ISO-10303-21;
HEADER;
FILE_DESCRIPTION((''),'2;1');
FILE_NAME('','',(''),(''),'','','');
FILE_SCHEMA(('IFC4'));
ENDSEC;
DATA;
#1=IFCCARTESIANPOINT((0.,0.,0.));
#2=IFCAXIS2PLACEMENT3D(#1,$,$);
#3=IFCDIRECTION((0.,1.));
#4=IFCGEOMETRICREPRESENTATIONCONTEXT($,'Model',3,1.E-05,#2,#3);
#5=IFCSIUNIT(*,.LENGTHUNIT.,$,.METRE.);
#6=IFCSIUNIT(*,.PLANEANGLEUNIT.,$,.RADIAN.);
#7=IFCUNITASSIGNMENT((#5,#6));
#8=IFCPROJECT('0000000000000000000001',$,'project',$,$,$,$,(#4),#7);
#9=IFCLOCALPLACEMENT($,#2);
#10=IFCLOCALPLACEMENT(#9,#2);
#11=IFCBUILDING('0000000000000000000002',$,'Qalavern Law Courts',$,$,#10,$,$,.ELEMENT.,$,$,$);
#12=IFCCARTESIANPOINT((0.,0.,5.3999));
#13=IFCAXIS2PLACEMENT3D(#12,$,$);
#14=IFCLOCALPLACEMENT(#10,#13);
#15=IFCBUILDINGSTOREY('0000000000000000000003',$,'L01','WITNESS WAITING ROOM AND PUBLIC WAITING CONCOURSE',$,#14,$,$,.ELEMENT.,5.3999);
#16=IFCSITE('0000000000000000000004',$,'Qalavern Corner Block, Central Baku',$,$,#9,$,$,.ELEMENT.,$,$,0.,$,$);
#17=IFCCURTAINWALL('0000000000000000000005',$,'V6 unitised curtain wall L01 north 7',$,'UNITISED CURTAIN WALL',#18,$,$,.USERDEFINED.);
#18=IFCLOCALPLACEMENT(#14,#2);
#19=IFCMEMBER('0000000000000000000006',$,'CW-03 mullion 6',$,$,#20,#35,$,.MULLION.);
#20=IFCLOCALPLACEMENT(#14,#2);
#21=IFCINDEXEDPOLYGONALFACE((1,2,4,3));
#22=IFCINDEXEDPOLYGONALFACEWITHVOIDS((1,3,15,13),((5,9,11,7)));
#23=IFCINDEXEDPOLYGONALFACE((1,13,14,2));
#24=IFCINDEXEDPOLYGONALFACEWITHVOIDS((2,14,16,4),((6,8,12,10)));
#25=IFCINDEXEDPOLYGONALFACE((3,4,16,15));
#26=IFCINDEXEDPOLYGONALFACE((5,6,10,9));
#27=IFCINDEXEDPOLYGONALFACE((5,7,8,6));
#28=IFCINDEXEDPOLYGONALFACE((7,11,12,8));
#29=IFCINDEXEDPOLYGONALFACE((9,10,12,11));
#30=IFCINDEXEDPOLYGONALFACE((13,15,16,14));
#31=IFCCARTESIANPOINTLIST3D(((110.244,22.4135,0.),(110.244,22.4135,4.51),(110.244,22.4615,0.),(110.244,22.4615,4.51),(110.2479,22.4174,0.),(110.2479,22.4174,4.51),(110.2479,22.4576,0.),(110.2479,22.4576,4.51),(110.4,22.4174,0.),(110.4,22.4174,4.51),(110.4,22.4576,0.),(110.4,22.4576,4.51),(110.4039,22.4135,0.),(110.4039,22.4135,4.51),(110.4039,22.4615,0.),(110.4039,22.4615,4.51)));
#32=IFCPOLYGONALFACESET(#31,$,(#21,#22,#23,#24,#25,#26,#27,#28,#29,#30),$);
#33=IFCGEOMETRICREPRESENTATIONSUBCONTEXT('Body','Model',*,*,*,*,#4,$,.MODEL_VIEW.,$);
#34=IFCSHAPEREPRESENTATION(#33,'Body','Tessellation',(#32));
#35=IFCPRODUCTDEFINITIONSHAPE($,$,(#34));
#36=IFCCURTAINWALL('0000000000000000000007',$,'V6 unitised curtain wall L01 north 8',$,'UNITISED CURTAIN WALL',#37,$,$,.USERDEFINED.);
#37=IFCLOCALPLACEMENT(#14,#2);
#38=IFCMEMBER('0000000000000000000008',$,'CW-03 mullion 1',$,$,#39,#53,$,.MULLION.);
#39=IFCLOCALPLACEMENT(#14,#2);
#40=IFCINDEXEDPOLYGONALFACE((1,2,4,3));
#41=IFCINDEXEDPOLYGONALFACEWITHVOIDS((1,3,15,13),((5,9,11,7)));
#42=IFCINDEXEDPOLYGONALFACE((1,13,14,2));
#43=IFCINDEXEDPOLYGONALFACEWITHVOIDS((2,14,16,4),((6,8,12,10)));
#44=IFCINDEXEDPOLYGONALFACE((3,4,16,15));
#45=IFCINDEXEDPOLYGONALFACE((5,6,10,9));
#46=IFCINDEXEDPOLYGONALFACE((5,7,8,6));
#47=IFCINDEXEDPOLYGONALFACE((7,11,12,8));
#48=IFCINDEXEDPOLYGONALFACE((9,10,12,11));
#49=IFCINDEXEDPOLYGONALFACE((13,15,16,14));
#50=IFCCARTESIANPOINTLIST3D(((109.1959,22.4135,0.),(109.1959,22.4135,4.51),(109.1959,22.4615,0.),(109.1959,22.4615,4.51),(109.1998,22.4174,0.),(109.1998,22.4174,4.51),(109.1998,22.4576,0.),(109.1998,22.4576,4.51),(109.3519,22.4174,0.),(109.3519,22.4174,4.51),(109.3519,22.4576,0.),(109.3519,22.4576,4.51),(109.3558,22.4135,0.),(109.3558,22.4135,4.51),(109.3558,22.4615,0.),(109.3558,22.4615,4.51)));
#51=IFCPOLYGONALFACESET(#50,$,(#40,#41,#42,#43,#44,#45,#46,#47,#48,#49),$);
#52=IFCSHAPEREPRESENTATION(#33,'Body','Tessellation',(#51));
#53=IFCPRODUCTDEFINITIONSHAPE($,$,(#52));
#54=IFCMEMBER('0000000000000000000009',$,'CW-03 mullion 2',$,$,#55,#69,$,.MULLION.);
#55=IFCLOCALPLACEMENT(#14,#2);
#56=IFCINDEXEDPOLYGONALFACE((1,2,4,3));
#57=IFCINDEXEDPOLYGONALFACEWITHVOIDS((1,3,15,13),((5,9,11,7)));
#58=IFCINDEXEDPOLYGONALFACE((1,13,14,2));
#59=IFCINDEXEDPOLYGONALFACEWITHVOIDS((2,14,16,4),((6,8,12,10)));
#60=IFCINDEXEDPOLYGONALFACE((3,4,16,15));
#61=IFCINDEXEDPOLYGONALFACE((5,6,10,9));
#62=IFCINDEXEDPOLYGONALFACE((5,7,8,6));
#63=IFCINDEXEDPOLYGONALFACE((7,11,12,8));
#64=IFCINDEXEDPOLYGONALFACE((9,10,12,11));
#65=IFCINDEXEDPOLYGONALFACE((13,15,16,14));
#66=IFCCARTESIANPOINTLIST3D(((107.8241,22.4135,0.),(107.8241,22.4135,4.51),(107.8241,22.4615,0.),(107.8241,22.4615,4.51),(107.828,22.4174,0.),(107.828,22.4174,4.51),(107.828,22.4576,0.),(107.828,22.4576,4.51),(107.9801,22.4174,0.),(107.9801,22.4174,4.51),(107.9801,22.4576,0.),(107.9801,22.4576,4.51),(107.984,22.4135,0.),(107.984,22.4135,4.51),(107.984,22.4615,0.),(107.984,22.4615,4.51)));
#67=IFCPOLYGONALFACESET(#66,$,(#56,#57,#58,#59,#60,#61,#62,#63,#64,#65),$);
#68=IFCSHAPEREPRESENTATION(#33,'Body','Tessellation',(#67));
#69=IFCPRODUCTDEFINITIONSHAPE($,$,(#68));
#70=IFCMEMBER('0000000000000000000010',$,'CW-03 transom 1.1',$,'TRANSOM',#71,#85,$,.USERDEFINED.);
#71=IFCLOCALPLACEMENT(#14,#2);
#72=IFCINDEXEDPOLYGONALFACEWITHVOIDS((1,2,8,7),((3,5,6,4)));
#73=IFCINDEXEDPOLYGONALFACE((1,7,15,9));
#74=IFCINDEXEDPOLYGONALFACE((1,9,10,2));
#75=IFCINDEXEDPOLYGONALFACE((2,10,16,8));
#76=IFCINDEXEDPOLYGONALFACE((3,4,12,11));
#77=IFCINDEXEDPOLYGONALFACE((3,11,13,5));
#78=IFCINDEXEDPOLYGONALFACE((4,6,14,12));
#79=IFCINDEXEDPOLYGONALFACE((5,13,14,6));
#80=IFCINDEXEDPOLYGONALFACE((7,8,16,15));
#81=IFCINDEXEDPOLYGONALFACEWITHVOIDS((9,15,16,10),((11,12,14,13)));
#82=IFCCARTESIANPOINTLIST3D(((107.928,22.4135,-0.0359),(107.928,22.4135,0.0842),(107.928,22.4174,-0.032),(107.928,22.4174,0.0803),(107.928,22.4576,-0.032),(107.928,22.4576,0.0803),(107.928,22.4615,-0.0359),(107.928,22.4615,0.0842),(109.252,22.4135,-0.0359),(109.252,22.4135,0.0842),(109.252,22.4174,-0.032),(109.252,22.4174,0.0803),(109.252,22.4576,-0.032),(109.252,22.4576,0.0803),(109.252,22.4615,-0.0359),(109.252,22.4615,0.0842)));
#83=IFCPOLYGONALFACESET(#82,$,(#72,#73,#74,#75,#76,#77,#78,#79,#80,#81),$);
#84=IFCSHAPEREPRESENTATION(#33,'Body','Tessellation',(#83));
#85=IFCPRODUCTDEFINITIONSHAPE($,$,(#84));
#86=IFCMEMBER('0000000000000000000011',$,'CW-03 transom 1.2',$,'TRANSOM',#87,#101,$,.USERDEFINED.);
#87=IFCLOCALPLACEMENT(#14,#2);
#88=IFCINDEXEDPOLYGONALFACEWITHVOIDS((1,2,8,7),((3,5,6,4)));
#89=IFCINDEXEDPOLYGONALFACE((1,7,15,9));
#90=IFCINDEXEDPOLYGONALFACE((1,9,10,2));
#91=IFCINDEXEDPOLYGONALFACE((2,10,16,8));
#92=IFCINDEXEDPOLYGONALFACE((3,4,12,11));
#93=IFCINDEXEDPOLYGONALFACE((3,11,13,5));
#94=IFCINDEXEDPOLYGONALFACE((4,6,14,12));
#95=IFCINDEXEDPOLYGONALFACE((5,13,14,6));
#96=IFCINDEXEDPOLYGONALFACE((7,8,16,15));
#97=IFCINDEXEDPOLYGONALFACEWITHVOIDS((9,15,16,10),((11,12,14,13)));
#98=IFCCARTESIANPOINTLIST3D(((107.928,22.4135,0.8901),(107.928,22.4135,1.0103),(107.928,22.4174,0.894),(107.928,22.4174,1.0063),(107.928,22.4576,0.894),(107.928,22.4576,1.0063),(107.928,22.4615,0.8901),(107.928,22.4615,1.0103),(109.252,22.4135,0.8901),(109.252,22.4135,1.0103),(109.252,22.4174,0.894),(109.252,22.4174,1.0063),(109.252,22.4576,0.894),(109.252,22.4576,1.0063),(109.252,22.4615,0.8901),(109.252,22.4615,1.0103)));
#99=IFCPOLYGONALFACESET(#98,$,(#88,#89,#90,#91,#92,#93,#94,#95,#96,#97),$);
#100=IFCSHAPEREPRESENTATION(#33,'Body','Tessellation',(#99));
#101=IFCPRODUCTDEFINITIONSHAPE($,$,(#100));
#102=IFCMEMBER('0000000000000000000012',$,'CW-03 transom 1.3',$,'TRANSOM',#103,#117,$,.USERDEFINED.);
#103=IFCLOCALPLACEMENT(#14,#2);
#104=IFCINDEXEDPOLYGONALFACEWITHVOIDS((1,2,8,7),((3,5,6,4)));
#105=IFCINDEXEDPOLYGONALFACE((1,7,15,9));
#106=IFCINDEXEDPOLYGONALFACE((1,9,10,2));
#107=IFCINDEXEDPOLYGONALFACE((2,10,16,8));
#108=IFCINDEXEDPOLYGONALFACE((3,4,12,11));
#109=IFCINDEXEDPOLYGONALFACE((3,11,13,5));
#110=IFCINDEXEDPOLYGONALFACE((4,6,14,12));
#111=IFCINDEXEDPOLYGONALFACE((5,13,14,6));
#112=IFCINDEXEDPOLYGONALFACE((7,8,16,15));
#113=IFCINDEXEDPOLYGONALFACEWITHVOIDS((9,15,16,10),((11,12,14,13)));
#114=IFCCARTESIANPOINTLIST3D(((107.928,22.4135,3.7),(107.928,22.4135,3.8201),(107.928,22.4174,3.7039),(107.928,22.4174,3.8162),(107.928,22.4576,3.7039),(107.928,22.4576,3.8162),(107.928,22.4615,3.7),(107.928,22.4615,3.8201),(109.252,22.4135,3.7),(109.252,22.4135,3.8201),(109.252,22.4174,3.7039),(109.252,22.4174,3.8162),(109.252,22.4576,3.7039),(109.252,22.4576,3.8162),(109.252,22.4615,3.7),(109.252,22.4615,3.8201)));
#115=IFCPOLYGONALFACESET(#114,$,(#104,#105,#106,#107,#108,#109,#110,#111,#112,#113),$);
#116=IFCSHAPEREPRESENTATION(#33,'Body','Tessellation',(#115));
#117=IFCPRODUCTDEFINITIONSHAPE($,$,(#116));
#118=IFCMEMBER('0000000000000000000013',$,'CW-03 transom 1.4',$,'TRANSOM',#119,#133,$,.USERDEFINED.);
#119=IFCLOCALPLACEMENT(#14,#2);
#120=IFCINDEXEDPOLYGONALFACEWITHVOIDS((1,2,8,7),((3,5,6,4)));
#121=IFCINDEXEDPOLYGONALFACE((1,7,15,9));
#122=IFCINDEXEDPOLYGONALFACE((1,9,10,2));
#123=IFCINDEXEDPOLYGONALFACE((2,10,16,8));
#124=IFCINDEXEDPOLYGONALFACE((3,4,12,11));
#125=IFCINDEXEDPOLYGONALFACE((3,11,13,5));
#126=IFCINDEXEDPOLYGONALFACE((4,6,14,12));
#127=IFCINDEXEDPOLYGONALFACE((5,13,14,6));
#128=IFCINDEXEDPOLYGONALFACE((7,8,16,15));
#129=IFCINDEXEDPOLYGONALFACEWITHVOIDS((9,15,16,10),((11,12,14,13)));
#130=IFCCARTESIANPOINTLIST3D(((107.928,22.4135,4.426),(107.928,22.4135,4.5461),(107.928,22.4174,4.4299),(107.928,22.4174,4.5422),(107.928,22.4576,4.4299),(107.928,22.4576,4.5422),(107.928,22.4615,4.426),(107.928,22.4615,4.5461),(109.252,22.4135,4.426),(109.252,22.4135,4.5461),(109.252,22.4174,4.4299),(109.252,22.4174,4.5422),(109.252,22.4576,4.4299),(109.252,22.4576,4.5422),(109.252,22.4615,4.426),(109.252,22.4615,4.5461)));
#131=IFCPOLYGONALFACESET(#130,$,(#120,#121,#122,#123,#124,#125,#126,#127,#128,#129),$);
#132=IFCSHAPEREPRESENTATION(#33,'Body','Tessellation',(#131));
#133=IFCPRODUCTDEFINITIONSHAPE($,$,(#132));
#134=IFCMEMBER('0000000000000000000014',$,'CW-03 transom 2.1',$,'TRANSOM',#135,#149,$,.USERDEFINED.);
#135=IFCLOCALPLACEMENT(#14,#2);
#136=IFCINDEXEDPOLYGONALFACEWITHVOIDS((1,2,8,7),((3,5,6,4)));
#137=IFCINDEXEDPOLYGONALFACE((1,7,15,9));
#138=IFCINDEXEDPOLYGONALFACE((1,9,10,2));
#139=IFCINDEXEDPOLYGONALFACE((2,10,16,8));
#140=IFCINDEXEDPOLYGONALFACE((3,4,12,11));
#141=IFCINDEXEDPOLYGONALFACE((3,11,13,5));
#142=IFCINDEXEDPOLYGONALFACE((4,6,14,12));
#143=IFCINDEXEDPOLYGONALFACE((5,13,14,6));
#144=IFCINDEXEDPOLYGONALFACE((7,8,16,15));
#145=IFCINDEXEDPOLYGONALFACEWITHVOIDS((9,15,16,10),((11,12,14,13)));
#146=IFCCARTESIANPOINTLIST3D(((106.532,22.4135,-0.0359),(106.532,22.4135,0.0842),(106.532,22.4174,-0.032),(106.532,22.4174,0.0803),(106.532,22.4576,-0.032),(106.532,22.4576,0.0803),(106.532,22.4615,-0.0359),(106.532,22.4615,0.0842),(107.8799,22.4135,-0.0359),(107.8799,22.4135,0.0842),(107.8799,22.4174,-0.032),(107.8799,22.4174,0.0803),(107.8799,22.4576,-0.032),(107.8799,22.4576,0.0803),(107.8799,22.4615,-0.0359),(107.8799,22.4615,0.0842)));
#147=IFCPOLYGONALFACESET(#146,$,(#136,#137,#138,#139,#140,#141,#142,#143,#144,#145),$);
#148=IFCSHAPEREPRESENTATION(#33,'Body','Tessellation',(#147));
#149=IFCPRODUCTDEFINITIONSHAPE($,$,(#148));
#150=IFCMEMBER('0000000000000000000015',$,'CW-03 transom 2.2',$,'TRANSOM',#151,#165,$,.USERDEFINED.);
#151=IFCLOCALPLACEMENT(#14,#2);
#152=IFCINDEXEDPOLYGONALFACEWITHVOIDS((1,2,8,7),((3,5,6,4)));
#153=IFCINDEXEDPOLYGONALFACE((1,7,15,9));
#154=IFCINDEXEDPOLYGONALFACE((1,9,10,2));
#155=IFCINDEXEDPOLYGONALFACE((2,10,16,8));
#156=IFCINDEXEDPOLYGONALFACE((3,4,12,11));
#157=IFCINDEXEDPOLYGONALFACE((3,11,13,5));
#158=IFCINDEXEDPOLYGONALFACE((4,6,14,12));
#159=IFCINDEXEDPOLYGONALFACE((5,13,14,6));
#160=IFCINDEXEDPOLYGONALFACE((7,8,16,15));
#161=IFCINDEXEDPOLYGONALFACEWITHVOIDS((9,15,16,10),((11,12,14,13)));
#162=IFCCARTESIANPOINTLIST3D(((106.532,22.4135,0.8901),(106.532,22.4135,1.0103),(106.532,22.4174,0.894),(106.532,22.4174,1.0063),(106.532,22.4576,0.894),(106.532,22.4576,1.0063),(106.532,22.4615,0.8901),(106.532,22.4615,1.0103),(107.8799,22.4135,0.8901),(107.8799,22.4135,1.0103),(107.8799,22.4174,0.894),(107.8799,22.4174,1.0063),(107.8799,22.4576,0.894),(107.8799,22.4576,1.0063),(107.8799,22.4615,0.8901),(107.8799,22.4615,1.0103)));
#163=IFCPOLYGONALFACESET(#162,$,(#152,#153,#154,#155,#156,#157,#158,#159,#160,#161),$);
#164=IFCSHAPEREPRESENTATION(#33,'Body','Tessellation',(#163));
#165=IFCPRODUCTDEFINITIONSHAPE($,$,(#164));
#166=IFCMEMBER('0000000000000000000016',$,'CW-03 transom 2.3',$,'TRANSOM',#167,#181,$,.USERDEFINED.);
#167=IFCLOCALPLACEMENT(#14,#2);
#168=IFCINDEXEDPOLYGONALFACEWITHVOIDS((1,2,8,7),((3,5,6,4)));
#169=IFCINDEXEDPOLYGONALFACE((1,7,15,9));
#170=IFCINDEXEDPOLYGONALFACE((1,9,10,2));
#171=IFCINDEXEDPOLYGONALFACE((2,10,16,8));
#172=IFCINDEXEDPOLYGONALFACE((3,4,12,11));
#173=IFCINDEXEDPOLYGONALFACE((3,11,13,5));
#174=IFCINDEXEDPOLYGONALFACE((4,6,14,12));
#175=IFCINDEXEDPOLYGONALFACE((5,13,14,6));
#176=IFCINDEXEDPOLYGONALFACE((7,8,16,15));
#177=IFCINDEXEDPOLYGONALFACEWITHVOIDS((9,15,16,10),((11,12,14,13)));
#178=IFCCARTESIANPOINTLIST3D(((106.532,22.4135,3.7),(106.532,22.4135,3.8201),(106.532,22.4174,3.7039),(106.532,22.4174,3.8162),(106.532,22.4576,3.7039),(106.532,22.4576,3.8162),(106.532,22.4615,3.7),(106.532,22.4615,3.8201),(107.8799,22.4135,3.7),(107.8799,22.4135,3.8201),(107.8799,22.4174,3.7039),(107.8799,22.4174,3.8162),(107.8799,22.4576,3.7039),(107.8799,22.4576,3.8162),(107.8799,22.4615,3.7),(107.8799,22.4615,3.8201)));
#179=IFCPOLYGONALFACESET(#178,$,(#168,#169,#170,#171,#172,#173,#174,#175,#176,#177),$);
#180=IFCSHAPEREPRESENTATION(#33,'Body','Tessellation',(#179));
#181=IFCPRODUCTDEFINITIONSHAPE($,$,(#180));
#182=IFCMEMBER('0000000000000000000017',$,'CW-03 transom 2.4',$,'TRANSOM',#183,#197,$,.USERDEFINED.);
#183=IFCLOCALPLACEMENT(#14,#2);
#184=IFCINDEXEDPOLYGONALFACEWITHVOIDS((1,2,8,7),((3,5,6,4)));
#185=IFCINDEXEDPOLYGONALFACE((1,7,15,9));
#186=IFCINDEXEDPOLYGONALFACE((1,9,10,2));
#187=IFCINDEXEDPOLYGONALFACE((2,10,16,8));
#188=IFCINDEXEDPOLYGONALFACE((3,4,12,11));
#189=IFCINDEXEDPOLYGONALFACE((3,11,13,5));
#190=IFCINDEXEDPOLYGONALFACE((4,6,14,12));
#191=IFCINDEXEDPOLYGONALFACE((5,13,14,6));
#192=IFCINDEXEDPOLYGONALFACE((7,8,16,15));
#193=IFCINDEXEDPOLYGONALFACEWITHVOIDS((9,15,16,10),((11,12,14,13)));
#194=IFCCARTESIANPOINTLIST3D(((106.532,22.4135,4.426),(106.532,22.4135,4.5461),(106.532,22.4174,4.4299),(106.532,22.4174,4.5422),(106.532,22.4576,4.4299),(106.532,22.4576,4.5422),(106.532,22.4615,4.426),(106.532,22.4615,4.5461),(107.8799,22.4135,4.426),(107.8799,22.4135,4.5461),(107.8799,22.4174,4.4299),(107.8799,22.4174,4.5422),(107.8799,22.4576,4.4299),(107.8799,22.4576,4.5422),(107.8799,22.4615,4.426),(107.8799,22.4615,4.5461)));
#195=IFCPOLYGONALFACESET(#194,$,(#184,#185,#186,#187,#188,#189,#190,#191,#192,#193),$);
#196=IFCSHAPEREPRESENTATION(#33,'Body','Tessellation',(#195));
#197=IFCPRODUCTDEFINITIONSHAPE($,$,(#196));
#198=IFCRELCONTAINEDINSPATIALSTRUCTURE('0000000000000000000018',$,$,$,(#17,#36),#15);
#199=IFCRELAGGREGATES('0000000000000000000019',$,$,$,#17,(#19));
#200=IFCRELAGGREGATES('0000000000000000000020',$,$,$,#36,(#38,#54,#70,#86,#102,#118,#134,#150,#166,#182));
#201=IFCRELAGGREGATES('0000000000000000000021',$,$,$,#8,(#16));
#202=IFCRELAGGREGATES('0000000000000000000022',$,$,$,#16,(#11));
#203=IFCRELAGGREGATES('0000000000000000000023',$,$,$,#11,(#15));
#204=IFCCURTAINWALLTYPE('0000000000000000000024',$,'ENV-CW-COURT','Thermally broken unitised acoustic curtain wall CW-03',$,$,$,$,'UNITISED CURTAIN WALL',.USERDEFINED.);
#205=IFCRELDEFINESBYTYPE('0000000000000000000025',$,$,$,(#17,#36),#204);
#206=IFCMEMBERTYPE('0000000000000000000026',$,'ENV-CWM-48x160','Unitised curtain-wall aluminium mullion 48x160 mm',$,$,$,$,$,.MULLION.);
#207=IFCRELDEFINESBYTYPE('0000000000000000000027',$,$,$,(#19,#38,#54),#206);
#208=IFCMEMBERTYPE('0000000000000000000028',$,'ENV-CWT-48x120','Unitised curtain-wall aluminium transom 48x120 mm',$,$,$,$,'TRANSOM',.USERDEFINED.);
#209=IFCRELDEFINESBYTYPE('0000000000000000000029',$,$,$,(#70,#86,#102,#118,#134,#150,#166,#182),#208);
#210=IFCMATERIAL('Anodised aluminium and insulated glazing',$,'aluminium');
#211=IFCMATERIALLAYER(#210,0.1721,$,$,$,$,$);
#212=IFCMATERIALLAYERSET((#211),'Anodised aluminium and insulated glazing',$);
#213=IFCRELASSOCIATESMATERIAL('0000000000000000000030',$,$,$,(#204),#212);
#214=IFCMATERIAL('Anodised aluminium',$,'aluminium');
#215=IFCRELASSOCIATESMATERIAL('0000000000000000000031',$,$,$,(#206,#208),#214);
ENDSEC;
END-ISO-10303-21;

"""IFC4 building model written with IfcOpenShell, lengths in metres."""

from ifc_helpers import new_model, si_unit, direction, frame, origin, origin_2d, place, context, subcontext, project, spatial, hollow_rectangle, extrude, material, layer, layer_set, material_profile, profile_set, type_object, element, aggregate, save


model = new_model("IFC4")

# Units and contexts
model_context = context("Model", 3, precision=1e-05, world=origin(), true_north=direction((0.0, 1.0)))
body_context = subcontext(model_context, "Body", "Model", "MODEL_VIEW")
ifc_project = project(units=[si_unit("LENGTHUNIT", "METRE"), si_unit("PLANEANGLEUNIT", "RADIAN")], contexts=[model_context])

# Site, building, storey
site_placement = place(None, origin())
site = spatial("IfcSite", under=ifc_project, at=site_placement, Name="Qalavern Corner Block, Central Baku", CompositionType="ELEMENT", RefElevation=0.0)
building_placement = place(site_placement, origin())
building = spatial("IfcBuilding", under=site, at=building_placement, Name="Qalavern Law Courts", CompositionType="ELEMENT")
storey_placement = place(building_placement, frame((0.0, 0.0, 5.3999)))
storey = spatial("IfcBuildingStorey", under=building, at=storey_placement, Name="L01", Description="WITNESS WAITING ROOM AND PUBLIC WAITING CONCOURSE", CompositionType="ELEMENT", Elevation=5.3999)

# Curtain wall, member
ifc_material_1 = material(Name="Anodised aluminium and insulated glazing", Category="aluminium")
ifc_layer_1 = layer(ifc_material_1, 0.1721)
ifc_layer_set_1 = layer_set([ifc_layer_1], Name="Anodised aluminium and insulated glazing")
curtain_wall_type = type_object("IfcCurtainWallType", Name="ENV-CW-COURT", Description="Thermally broken unitised acoustic curtain wall CW-03", ElementType="UNITISED CURTAIN WALL", PredefinedType="USERDEFINED", material=ifc_layer_set_1)
curtain_wall_1_placement = place(storey_placement, origin())
curtain_wall_1 = element("IfcCurtainWall", 1, at=curtain_wall_1_placement, inside=storey, type_object=curtain_wall_type, Name="V6 unitised curtain wall L01 north 7", ObjectType="UNITISED CURTAIN WALL", PredefinedType="USERDEFINED")
ifc_material_2 = material(Name="Anodised aluminium", Category="aluminium")
ifc_material_profile_1 = material_profile(ifc_material_2, hollow_rectangle(XDim=0.0481, YDim=0.1599, WallThickness=0.0039, at=origin_2d()), Name="ALU MULLION 48x160")
ifc_profile_set_1 = profile_set([ifc_material_profile_1], Name="Anodised aluminium")
member_type_1 = type_object("IfcMemberType", Name="ENV-CWM-48x160", Description="Unitised curtain-wall aluminium mullion 48x160 mm", PredefinedType="MULLION", material=ifc_profile_set_1)
member_1_placement = place(storey_placement, frame((110.324, 22.4375, 0.0), z_axis=(0.0, 0.0, 1.0), x_axis=(0.0, -1.0, 0.0)))
member_1 = element("IfcMember", 2, at=member_1_placement, type_object=member_type_1, Name="CW-03 mullion 6", PredefinedType="MULLION", context=body_context, shape_type="SweptSolid", body=[
    extrude(hollow_rectangle(XDim=0.0481, YDim=0.1599, WallThickness=0.0039, at=origin_2d()), origin(), (0.0, 0.0, 1.0), 4.51),
])
aggregate(curtain_wall_1, [member_1])

# Curtain wall, members
curtain_wall_2_placement = place(storey_placement, origin())
curtain_wall_2 = element("IfcCurtainWall", 3, at=curtain_wall_2_placement, inside=storey, type_object=curtain_wall_type, Name="V6 unitised curtain wall L01 north 8", ObjectType="UNITISED CURTAIN WALL", PredefinedType="USERDEFINED")
member_2_placement = place(storey_placement, frame((109.2759, 22.4375, 0.0), z_axis=(0.0, 0.0, 1.0), x_axis=(0.0, -1.0, 0.0)))
member_2 = element("IfcMember", 4, at=member_2_placement, type_object=member_type_1, Name="CW-03 mullion 1", PredefinedType="MULLION", context=body_context, shape_type="SweptSolid", body=[
    extrude(hollow_rectangle(XDim=0.0481, YDim=0.1599, WallThickness=0.0039, at=origin_2d()), origin(), (0.0, 0.0, 1.0), 4.51),
])
member_3_placement = place(storey_placement, frame((107.9041, 22.4375, 0.0), z_axis=(0.0, 0.0, 1.0), x_axis=(0.0, -1.0, 0.0)))
member_3 = element("IfcMember", 5, at=member_3_placement, type_object=member_type_1, Name="CW-03 mullion 2", PredefinedType="MULLION", context=body_context, shape_type="SweptSolid", body=[
    extrude(hollow_rectangle(XDim=0.0481, YDim=0.1599, WallThickness=0.0039, at=origin_2d()), origin(), (0.0, 0.0, 1.0), 4.51),
])
ifc_material_profile_2 = material_profile(ifc_material_2, hollow_rectangle(XDim=0.0481, YDim=0.1201, WallThickness=0.0039, at=origin_2d()), Name="ALU TRANSOM 48x120")
ifc_profile_set_2 = profile_set([ifc_material_profile_2], Name="Anodised aluminium")
member_type_2 = type_object("IfcMemberType", Name="ENV-CWT-48x120", Description="Unitised curtain-wall aluminium transom 48x120 mm", ElementType="TRANSOM", PredefinedType="USERDEFINED", material=ifc_profile_set_2)
member_4_placement = place(storey_placement, frame((109.252, 22.4375, 0.0242), z_axis=(-1.0, 0.0, 0.0), x_axis=(0.0, -1.0, 0.0)))
member_4 = element("IfcMember", 6, at=member_4_placement, type_object=member_type_2, Name="CW-03 transom 1.1", ObjectType="TRANSOM", PredefinedType="USERDEFINED", context=body_context, shape_type="SweptSolid", body=[
    extrude(hollow_rectangle(XDim=0.0481, YDim=0.1201, WallThickness=0.0039, at=origin_2d()), origin(), (0.0, 0.0, 1.0), 1.324),
])
member_5_placement = place(storey_placement, frame((109.252, 22.4375, 0.9502), z_axis=(-1.0, 0.0, 0.0), x_axis=(0.0, -1.0, 0.0)))
member_5 = element("IfcMember", 7, at=member_5_placement, type_object=member_type_2, Name="CW-03 transom 1.2", ObjectType="TRANSOM", PredefinedType="USERDEFINED", context=body_context, shape_type="SweptSolid", body=[
    extrude(hollow_rectangle(XDim=0.0481, YDim=0.1201, WallThickness=0.0039, at=origin_2d()), origin(), (0.0, 0.0, 1.0), 1.324),
])
member_6_placement = place(storey_placement, frame((109.252, 22.4375, 3.76), z_axis=(-1.0, 0.0, 0.0), x_axis=(0.0, -1.0, 0.0)))
member_6 = element("IfcMember", 8, at=member_6_placement, type_object=member_type_2, Name="CW-03 transom 1.3", ObjectType="TRANSOM", PredefinedType="USERDEFINED", context=body_context, shape_type="SweptSolid", body=[
    extrude(hollow_rectangle(XDim=0.0481, YDim=0.1201, WallThickness=0.0039, at=origin_2d()), origin(), (0.0, 0.0, 1.0), 1.324),
])
member_7_placement = place(storey_placement, frame((109.252, 22.4375, 4.4861), z_axis=(-1.0, 0.0, 0.0), x_axis=(0.0, -1.0, 0.0)))
member_7 = element("IfcMember", 9, at=member_7_placement, type_object=member_type_2, Name="CW-03 transom 1.4", ObjectType="TRANSOM", PredefinedType="USERDEFINED", context=body_context, shape_type="SweptSolid", body=[
    extrude(hollow_rectangle(XDim=0.0481, YDim=0.1201, WallThickness=0.0039, at=origin_2d()), origin(), (0.0, 0.0, 1.0), 1.324),
])
member_8_placement = place(storey_placement, frame((107.8799, 22.4375, 0.0242), z_axis=(-1.0, 0.0, 0.0), x_axis=(0.0, -1.0, 0.0)))
member_8 = element("IfcMember", 10, at=member_8_placement, type_object=member_type_2, Name="CW-03 transom 2.1", ObjectType="TRANSOM", PredefinedType="USERDEFINED", context=body_context, shape_type="SweptSolid", body=[
    extrude(hollow_rectangle(XDim=0.0481, YDim=0.1201, WallThickness=0.0039, at=origin_2d()), origin(), (0.0, 0.0, 1.0), 1.3479),
])
member_9_placement = place(storey_placement, frame((107.8799, 22.4375, 0.9502), z_axis=(-1.0, 0.0, 0.0), x_axis=(0.0, -1.0, 0.0)))
member_9 = element("IfcMember", 11, at=member_9_placement, type_object=member_type_2, Name="CW-03 transom 2.2", ObjectType="TRANSOM", PredefinedType="USERDEFINED", context=body_context, shape_type="SweptSolid", body=[
    extrude(hollow_rectangle(XDim=0.0481, YDim=0.1201, WallThickness=0.0039, at=origin_2d()), origin(), (0.0, 0.0, 1.0), 1.3479),
])
member_10_placement = place(storey_placement, frame((107.8799, 22.4375, 3.76), z_axis=(-1.0, 0.0, 0.0), x_axis=(0.0, -1.0, 0.0)))
member_10 = element("IfcMember", 12, at=member_10_placement, type_object=member_type_2, Name="CW-03 transom 2.3", ObjectType="TRANSOM", PredefinedType="USERDEFINED", context=body_context, shape_type="SweptSolid", body=[
    extrude(hollow_rectangle(XDim=0.0481, YDim=0.1201, WallThickness=0.0039, at=origin_2d()), origin(), (0.0, 0.0, 1.0), 1.3479),
])
member_11_placement = place(storey_placement, frame((107.8799, 22.4375, 4.4861), z_axis=(-1.0, 0.0, 0.0), x_axis=(0.0, -1.0, 0.0)))
member_11 = element("IfcMember", 13, at=member_11_placement, type_object=member_type_2, Name="CW-03 transom 2.4", ObjectType="TRANSOM", PredefinedType="USERDEFINED", context=body_context, shape_type="SweptSolid", body=[
    extrude(hollow_rectangle(XDim=0.0481, YDim=0.1201, WallThickness=0.0039, at=origin_2d()), origin(), (0.0, 0.0, 1.0), 1.3479),
])
aggregate(curtain_wall_2, [member_2, member_3, member_4, member_5, member_6, member_7, member_8, member_9, member_10, member_11])

save(model, "model.ifc")
